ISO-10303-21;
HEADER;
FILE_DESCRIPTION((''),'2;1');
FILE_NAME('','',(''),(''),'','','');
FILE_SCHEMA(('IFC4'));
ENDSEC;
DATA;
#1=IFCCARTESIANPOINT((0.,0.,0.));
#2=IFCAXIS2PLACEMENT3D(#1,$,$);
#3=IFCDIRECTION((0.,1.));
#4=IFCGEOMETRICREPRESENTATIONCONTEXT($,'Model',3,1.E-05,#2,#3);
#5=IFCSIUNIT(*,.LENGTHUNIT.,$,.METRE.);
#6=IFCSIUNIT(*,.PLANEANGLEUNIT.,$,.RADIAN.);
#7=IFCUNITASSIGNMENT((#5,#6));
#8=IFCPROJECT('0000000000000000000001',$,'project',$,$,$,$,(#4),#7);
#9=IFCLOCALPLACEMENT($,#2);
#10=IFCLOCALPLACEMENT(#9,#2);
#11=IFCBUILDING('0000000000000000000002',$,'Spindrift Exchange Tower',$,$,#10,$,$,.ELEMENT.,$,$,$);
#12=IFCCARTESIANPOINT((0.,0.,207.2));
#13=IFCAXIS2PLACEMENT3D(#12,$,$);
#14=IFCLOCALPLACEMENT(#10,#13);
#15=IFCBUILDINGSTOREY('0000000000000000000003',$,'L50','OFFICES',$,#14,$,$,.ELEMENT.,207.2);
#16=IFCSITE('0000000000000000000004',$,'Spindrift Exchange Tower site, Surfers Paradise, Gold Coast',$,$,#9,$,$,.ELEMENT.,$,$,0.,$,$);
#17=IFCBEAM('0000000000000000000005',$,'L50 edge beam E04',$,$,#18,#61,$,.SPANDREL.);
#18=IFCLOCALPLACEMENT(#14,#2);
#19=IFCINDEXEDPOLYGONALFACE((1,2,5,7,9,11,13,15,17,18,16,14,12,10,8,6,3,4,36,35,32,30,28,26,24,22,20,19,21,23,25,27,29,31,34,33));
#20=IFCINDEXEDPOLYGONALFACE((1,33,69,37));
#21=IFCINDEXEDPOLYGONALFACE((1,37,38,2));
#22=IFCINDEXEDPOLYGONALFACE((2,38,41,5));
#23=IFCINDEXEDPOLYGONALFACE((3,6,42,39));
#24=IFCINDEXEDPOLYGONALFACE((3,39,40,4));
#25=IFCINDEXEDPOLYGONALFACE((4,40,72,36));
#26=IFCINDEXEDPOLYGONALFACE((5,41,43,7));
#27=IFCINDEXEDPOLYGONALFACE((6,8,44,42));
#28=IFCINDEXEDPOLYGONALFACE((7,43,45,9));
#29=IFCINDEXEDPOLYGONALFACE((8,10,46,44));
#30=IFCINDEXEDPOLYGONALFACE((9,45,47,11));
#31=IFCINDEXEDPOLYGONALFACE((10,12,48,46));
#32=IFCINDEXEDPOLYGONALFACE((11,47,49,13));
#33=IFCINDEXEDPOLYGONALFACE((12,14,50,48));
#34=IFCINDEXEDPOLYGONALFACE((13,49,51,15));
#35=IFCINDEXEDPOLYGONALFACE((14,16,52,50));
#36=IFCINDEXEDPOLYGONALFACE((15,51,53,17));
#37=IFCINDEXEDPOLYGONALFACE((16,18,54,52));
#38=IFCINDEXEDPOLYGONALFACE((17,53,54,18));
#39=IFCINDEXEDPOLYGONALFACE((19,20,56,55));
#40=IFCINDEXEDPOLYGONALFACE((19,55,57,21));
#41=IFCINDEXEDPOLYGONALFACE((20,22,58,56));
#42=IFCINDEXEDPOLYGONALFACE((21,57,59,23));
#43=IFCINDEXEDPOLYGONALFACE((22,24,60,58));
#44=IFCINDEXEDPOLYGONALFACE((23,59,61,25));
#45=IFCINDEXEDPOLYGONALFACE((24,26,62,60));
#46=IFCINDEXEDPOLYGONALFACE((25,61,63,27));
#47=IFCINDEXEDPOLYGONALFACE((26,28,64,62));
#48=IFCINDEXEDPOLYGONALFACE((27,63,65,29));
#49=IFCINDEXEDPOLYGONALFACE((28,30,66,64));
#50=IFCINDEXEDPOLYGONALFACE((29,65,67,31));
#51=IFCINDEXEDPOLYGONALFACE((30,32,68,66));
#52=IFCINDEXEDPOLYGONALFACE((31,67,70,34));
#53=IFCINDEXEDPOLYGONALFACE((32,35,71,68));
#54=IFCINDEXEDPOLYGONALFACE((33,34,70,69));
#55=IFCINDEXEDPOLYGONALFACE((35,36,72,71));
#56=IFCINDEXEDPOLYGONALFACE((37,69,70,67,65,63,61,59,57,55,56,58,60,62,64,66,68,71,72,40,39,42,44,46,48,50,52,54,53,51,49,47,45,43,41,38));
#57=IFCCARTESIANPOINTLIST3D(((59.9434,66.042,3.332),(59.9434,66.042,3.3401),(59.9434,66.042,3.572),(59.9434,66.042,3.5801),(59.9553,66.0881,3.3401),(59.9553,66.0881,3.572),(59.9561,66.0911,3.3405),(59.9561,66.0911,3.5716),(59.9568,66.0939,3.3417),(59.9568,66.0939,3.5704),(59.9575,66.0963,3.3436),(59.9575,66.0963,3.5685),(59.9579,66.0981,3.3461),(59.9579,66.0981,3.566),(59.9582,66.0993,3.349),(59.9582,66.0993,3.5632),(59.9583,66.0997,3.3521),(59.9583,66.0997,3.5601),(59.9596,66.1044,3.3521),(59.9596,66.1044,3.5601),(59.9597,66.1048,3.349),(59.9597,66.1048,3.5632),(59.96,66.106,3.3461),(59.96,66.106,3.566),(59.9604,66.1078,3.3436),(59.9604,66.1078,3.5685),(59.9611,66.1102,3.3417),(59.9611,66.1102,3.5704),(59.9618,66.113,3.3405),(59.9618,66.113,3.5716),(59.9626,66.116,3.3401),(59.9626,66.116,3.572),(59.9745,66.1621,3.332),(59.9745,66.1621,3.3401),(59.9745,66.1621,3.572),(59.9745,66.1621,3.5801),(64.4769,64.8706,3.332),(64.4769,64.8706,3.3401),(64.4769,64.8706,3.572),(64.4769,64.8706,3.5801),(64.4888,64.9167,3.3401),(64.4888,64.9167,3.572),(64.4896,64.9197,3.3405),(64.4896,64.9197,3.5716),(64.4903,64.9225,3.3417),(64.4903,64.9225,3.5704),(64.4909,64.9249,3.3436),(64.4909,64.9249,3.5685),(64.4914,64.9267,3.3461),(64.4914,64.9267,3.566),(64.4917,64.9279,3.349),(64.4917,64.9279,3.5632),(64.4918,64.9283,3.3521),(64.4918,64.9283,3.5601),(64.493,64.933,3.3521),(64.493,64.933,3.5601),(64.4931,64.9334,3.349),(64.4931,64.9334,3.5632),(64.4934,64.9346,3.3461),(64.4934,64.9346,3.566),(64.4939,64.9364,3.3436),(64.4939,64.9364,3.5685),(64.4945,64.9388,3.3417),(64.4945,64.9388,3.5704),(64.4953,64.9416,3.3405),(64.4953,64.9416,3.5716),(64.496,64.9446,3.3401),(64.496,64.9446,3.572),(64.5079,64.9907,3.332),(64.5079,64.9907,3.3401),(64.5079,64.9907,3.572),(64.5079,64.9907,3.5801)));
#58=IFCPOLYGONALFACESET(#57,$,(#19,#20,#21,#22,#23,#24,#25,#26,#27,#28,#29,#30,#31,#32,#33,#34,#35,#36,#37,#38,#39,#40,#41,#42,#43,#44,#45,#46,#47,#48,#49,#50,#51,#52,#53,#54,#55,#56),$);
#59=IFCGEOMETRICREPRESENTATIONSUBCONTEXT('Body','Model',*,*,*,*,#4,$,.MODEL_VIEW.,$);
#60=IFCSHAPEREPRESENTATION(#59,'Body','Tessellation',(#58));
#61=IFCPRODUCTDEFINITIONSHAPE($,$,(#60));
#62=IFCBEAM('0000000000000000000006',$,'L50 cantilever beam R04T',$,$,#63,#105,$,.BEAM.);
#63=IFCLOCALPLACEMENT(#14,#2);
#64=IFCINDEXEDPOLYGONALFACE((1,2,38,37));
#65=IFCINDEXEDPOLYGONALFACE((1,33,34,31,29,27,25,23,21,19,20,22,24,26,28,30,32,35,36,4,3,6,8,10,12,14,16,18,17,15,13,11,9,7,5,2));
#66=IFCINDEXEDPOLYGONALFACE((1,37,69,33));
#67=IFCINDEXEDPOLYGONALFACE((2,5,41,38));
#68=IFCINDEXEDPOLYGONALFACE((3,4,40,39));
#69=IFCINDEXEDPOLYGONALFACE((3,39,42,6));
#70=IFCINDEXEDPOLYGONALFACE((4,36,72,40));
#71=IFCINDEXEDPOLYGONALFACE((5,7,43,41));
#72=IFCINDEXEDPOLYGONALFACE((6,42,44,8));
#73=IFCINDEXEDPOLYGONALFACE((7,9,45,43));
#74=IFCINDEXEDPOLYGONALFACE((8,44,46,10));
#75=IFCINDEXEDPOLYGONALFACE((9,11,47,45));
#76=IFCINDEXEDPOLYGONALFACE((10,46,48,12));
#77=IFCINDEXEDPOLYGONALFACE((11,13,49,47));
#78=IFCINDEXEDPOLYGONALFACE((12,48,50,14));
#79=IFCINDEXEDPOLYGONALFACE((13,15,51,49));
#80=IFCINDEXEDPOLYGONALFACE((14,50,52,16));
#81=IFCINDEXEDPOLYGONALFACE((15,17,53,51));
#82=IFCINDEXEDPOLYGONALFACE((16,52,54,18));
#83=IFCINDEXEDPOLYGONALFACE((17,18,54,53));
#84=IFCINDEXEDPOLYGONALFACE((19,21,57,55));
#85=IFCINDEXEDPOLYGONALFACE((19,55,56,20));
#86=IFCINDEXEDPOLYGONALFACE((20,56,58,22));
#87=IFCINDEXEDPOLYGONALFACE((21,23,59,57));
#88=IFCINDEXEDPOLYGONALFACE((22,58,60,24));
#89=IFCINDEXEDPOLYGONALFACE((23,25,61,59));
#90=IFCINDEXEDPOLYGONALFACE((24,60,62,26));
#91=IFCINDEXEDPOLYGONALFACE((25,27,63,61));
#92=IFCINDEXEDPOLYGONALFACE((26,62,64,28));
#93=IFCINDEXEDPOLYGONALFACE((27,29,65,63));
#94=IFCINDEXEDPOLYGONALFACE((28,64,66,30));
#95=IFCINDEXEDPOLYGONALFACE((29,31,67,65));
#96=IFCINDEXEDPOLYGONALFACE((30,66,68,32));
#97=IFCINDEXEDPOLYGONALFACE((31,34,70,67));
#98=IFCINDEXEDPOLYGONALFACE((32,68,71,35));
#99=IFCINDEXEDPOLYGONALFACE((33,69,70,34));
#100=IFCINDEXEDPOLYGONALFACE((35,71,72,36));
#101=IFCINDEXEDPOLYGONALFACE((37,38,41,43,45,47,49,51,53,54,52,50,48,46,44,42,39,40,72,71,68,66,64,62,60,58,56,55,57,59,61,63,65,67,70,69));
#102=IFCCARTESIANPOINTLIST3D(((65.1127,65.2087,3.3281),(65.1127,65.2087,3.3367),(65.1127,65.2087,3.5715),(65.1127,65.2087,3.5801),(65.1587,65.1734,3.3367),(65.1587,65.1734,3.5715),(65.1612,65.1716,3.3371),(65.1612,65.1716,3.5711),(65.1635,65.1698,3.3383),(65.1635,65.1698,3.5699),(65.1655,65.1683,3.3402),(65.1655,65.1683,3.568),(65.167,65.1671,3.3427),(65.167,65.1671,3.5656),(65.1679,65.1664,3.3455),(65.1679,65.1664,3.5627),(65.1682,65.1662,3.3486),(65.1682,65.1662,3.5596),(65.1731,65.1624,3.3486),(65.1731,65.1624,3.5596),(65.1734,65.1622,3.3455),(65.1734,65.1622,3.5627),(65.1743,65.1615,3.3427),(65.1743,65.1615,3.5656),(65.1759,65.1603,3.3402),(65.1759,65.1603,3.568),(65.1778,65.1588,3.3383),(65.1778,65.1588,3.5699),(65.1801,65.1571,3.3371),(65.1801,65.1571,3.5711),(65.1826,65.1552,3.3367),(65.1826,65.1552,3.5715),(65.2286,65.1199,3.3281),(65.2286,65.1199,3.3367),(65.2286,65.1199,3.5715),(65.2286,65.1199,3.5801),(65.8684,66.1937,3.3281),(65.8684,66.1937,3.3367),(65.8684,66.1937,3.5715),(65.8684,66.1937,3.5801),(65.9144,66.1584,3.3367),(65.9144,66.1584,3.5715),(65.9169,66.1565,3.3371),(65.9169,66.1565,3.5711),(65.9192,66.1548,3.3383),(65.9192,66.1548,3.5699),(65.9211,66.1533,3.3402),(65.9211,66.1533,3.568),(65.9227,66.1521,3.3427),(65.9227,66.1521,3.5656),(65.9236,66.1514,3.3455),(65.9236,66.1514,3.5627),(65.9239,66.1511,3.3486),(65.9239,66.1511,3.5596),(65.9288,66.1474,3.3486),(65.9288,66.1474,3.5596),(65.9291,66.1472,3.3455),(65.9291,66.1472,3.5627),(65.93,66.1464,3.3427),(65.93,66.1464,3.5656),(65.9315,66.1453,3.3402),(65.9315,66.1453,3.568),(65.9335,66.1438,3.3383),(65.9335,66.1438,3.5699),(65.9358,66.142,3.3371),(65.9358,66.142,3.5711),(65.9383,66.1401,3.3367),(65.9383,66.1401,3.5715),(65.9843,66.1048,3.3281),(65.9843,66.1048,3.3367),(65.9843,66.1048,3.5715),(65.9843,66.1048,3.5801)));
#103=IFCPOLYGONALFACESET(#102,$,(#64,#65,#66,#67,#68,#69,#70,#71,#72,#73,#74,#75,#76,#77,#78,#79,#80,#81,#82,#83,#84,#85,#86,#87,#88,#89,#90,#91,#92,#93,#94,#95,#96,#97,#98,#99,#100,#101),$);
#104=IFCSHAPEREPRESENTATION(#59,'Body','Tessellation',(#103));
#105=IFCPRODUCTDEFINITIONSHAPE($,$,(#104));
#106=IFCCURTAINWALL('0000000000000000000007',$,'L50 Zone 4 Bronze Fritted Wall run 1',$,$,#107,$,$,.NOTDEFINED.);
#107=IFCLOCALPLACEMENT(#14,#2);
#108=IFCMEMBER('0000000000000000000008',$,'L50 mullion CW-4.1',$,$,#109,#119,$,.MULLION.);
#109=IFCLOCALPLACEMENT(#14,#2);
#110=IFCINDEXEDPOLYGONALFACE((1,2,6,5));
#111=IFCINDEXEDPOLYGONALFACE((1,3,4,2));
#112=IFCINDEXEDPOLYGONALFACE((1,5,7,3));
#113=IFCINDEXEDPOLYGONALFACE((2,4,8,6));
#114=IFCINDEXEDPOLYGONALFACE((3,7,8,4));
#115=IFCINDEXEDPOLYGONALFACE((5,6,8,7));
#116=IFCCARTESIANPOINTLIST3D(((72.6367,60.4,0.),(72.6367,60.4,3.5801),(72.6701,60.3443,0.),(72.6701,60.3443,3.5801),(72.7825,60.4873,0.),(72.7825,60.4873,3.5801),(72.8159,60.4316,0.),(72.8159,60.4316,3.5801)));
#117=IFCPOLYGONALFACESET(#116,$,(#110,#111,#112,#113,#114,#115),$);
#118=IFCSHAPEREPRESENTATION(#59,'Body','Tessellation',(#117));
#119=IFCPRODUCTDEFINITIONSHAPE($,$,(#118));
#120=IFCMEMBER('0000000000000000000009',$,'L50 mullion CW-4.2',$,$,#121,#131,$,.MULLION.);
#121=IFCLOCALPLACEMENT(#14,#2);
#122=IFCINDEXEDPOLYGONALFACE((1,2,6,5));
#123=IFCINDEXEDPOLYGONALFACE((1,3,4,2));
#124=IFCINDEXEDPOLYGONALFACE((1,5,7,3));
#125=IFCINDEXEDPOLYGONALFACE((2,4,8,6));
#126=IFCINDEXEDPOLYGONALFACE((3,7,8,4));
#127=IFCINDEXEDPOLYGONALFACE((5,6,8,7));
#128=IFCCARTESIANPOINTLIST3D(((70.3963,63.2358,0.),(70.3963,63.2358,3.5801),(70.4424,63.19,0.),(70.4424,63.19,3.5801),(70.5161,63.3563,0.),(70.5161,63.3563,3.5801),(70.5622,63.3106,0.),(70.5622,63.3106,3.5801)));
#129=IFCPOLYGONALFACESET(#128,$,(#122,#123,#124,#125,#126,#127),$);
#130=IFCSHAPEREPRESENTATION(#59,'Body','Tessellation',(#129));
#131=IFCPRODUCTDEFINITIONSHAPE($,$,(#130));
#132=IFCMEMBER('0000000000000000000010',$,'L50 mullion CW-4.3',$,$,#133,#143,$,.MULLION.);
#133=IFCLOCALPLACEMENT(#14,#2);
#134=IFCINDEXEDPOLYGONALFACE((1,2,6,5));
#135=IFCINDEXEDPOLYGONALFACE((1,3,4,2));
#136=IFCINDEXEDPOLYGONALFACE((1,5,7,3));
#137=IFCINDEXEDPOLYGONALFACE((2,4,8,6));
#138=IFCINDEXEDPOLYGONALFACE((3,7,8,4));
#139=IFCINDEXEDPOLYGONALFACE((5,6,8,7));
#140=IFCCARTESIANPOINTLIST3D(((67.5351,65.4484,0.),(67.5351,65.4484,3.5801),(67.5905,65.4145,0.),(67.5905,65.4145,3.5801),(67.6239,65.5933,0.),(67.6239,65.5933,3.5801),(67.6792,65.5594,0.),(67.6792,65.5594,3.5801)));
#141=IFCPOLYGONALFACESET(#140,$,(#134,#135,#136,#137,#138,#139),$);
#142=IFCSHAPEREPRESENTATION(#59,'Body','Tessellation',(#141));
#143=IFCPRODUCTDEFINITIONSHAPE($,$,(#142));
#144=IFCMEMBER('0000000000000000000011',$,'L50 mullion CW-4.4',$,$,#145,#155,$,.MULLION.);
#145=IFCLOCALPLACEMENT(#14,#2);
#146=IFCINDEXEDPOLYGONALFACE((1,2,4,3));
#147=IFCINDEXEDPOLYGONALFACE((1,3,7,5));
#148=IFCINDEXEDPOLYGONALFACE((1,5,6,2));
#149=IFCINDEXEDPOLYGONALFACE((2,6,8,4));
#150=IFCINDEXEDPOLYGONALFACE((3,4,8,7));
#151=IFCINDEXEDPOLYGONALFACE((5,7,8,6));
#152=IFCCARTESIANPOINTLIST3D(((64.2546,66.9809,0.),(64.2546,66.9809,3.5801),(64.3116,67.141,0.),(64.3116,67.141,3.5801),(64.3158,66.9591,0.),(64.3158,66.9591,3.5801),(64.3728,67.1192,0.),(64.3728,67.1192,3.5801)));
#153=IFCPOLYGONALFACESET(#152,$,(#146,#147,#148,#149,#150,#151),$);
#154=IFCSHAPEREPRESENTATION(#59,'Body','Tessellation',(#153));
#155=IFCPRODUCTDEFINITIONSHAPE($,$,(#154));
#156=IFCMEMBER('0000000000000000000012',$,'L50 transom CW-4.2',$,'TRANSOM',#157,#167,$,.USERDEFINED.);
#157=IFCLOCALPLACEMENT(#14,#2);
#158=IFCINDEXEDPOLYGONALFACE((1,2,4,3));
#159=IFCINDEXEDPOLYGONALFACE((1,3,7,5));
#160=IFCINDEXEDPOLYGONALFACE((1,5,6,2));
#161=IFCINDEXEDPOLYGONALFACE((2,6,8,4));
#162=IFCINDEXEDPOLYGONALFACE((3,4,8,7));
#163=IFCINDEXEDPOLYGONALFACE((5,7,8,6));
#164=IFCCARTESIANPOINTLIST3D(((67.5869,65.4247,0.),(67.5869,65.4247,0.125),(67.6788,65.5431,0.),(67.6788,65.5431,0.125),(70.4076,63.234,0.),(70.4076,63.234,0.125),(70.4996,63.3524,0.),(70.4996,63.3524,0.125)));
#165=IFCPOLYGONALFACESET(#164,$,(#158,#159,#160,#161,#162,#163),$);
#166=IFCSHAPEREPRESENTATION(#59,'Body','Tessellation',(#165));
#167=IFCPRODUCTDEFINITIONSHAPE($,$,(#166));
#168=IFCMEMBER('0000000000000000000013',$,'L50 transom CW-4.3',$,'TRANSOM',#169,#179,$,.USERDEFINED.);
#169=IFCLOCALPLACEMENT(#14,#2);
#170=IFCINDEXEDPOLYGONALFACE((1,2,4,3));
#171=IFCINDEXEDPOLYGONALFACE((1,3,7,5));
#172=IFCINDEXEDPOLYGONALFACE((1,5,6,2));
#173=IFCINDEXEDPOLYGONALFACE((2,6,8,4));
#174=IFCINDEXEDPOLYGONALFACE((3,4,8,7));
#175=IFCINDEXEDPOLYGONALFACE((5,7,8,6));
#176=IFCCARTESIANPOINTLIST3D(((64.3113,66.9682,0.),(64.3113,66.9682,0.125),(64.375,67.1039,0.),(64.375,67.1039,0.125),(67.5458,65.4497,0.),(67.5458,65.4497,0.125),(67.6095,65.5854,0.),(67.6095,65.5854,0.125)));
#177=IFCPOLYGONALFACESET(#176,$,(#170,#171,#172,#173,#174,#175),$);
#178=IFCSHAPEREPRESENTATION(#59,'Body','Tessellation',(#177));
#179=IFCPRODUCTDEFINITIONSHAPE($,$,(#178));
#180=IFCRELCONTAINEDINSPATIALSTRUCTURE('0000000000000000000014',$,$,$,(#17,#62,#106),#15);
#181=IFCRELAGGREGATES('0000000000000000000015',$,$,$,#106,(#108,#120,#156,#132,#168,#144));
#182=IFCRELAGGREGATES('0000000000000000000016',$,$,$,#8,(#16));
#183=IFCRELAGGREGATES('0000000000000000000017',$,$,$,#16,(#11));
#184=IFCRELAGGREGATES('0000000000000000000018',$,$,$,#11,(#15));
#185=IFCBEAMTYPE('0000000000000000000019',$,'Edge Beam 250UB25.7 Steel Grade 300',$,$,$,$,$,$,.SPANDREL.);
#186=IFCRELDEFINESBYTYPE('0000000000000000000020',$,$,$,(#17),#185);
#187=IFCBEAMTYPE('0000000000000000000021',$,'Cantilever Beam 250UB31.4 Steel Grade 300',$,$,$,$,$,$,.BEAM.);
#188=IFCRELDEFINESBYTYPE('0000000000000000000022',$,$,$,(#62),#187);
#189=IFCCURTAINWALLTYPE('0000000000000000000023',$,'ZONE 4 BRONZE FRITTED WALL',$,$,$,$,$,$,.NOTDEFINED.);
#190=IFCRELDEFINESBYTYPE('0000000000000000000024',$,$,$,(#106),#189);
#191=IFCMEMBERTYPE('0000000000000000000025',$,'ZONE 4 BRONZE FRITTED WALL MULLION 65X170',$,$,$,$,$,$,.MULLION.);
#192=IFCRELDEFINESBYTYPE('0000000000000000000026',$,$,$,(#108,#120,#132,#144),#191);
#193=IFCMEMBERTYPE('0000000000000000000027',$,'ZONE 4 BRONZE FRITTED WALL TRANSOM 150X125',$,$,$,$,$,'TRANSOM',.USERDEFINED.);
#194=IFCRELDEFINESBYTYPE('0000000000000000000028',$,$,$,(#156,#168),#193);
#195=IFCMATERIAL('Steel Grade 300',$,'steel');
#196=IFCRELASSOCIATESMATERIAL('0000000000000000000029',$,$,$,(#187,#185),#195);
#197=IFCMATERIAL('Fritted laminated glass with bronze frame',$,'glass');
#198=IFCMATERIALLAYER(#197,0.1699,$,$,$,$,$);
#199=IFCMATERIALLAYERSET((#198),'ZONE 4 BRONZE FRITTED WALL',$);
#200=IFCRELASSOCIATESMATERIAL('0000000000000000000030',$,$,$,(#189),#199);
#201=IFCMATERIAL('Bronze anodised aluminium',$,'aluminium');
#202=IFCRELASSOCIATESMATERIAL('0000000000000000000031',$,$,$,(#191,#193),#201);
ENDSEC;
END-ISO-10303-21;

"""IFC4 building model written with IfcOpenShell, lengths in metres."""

from ifc_helpers import new_model, si_unit, direction, frame, origin, origin_2d, place, context, subcontext, project, spatial, rectangle, i_section, extrude, source, transform, mapped, material, layer, layer_set, material_profile, profile_set, type_object, element, aggregate, save


model = new_model("IFC4")

# Units and contexts
model_context = context("Model", 3, precision=1e-05, world=origin(), true_north=direction((0.0, 1.0)))
body_context = subcontext(model_context, "Body", "Model", "MODEL_VIEW")
ifc_project = project(units=[si_unit("LENGTHUNIT", "METRE"), si_unit("PLANEANGLEUNIT", "RADIAN")], contexts=[model_context])

# Site, building, storey
site_placement = place(None, origin())
site = spatial("IfcSite", under=ifc_project, at=site_placement, Name="Spindrift Exchange Tower site, Surfers Paradise, Gold Coast", CompositionType="ELEMENT", RefElevation=0.0)
building_placement = place(site_placement, origin())
building = spatial("IfcBuilding", under=site, at=building_placement, Name="Spindrift Exchange Tower", CompositionType="ELEMENT")
storey_placement = place(building_placement, frame((0.0, 0.0, 207.2)))
storey = spatial("IfcBuildingStorey", under=building, at=storey_placement, Name="L50", Description="OFFICES", CompositionType="ELEMENT", Elevation=207.2)

# Beams
ifc_material_1 = material(Name="Steel Grade 300", Category="steel")
ifc_material_profile_1 = material_profile(ifc_material_1, i_section(OverallWidth=0.146, OverallDepth=0.252, WebThickness=0.0061, FlangeThickness=0.0085, FilletRadius=0.012, at=origin_2d()), Name="250UB31.4")
ifc_profile_set_1 = profile_set([ifc_material_profile_1], Name="Steel Grade 300")
beam_type_1 = type_object("IfcBeamType", Name="Cantilever Beam 250UB31.4 Steel Grade 300", PredefinedType="BEAM", material=ifc_profile_set_1)
ifc_material_profile_2 = material_profile(ifc_material_1, i_section(OverallWidth=0.124, OverallDepth=0.248, WebThickness=0.0049, FlangeThickness=0.0081, FilletRadius=0.012, at=origin_2d()), Name="250UB25.7")
ifc_profile_set_2 = profile_set([ifc_material_profile_2], Name="Steel Grade 300")
beam_type_2 = type_object("IfcBeamType", Name="Edge Beam 250UB25.7 Steel Grade 300", PredefinedType="SPANDREL", material=ifc_profile_set_2)
shared_shape_1 = source(origin(), body_context, "Body", "SweptSolid", [
    extrude(i_section(OverallWidth=0.124, OverallDepth=0.248, WebThickness=0.0049, FlangeThickness=0.0081, FilletRadius=0.012, at=origin_2d()), origin(), (0.0, 0.0, 1.0), 4.6824),
])
beam_1_placement = place(storey_placement, frame((64.4924, 64.9307, 3.4561), z_axis=(-0.968202, 0.250171, 0.0), x_axis=(-0.250171, -0.968202, 0.0)))
element("IfcBeam", 1, at=beam_1_placement, inside=storey, type_object=beam_type_2, Name="L50 edge beam E04", PredefinedType="SPANDREL", context=body_context, shape_type="MappedRepresentation", body=[
    mapped(shared_shape_1, transform((0.0, 0.0, 0.0), scale=1.0)),
])
shared_shape_2 = source(origin(), body_context, "Body", "SweptSolid", [
    extrude(i_section(OverallWidth=0.146, OverallDepth=0.252, WebThickness=0.0061, FlangeThickness=0.0085, FilletRadius=0.012, at=origin_2d()), origin(), (0.0, 0.0, 1.0), 1.2415),
])
beam_2_placement = place(storey_placement, frame((65.1707, 65.1643, 3.4541), z_axis=(0.608712, 0.793391, 0.0), x_axis=(-0.793391, 0.608712, 0.0)))
element("IfcBeam", 2, at=beam_2_placement, inside=storey, type_object=beam_type_1, Name="L50 cantilever beam R04T", PredefinedType="BEAM", context=body_context, shape_type="MappedRepresentation", body=[
    mapped(shared_shape_2, transform((0.0, 0.0, 0.0), scale=1.0)),
])

# Curtain wall, members
ifc_material_2 = material(Name="Fritted laminated glass with bronze frame", Category="glass")
ifc_layer_1 = layer(ifc_material_2, 0.1699)
ifc_layer_set_1 = layer_set([ifc_layer_1], Name="ZONE 4 BRONZE FRITTED WALL")
curtain_wall_type = type_object("IfcCurtainWallType", Name="ZONE 4 BRONZE FRITTED WALL", PredefinedType="NOTDEFINED", material=ifc_layer_set_1)
curtain_wall_placement = place(storey_placement, origin())
curtain_wall = element("IfcCurtainWall", 3, at=curtain_wall_placement, inside=storey, type_object=curtain_wall_type, Name="L50 Zone 4 Bronze Fritted Wall run 1", PredefinedType="NOTDEFINED")
ifc_material_3 = material(Name="Bronze anodised aluminium", Category="aluminium")
ifc_material_profile_3 = material_profile(ifc_material_3, rectangle(XDim=0.0649, YDim=0.1699, at=origin_2d()), Name="ZONE 4 BRONZE FRITTED WALL MULLION 65X170")
ifc_profile_set_3 = profile_set([ifc_material_profile_3], Name="Bronze anodised aluminium")
member_type_1 = type_object("IfcMemberType", Name="ZONE 4 BRONZE FRITTED WALL MULLION 65X170", PredefinedType="MULLION", material=ifc_profile_set_3)
shared_shape_3 = source(origin(), body_context, "Body", "SweptSolid", [
    extrude(rectangle(XDim=0.0649, YDim=0.1699, at=origin_2d()), origin(), (0.0, 0.0, 1.0), 3.5801),
])
member_1_placement = place(storey_placement, frame((72.7263, 60.4158, 0.0), z_axis=(0.0, 0.0, 1.0), x_axis=(-0.513878, 0.857863, 0.0)))
member_1 = element("IfcMember", 4, at=member_1_placement, type_object=member_type_1, Name="L50 mullion CW-4.1", PredefinedType="MULLION", context=body_context, shape_type="MappedRepresentation", body=[
    mapped(shared_shape_3, transform((0.0, 0.0, 0.0), scale=1.0)),
])
member_2_placement = place(storey_placement, frame((70.4792, 63.2732, 0.0), z_axis=(0.0, 0.0, 1.0), x_axis=(-0.709242, 0.704965, 0.0)))
member_2 = element("IfcMember", 5, at=member_2_placement, type_object=member_type_1, Name="L50 mullion CW-4.2", PredefinedType="MULLION", context=body_context, shape_type="MappedRepresentation", body=[
    mapped(shared_shape_3, transform((0.0, 0.0, 0.0), scale=1.0)),
])
member_3_placement = place(storey_placement, frame((67.6072, 65.5039, 0.0), z_axis=(0.0, 0.0, 1.0), x_axis=(-0.852724, 0.522362, 0.0)))
member_3 = element("IfcMember", 6, at=member_3_placement, type_object=member_type_1, Name="L50 mullion CW-4.3", PredefinedType="MULLION", context=body_context, shape_type="MappedRepresentation", body=[
    mapped(shared_shape_3, transform((0.0, 0.0, 0.0), scale=1.0)),
])
member_4_placement = place(storey_placement, frame((64.3137, 67.05, 0.0), z_axis=(0.0, 0.0, 1.0), x_axis=(-0.942124, 0.335264, 0.0)))
member_4 = element("IfcMember", 7, at=member_4_placement, type_object=member_type_1, Name="L50 mullion CW-4.4", PredefinedType="MULLION", context=body_context, shape_type="MappedRepresentation", body=[
    mapped(shared_shape_3, transform((0.0, 0.0, 0.0), scale=1.0)),
])
ifc_material_profile_4 = material_profile(ifc_material_3, rectangle(XDim=0.1499, YDim=0.125, at=origin_2d()), Name="ZONE 4 BRONZE FRITTED WALL TRANSOM 150X125")
ifc_profile_set_4 = profile_set([ifc_material_profile_4], Name="Bronze anodised aluminium")
member_type_2 = type_object("IfcMemberType", Name="ZONE 4 BRONZE FRITTED WALL TRANSOM 150X125", ElementType="TRANSOM", PredefinedType="USERDEFINED", material=ifc_profile_set_4)
shared_shape_4 = source(origin(), body_context, "Body", "SweptSolid", [
    extrude(rectangle(XDim=0.1499, YDim=0.125, at=origin_2d()), origin(), (0.0, 0.0, 1.0), 3.5715),
])
member_5_placement = place(storey_placement, frame((70.4536, 63.2932, 0.0625), z_axis=(-0.789797, 0.613368, 0.0), x_axis=(-0.613368, -0.789797, 0.0)))
member_5 = element("IfcMember", 8, at=member_5_placement, type_object=member_type_2, Name="L50 transom CW-4.2", ObjectType="TRANSOM", PredefinedType="USERDEFINED", context=body_context, shape_type="MappedRepresentation", body=[
    mapped(shared_shape_4, transform((0.0, 0.0, 0.0), scale=1.0)),
])
shared_shape_5 = source(origin(), body_context, "Body", "SweptSolid", [
    extrude(rectangle(XDim=0.1499, YDim=0.125, at=origin_2d()), origin(), (0.0, 0.0, 1.0), 3.5732),
])
member_6_placement = place(storey_placement, frame((67.5776, 65.5176, 0.0625), z_axis=(-0.905209, 0.424968, 0.0), x_axis=(-0.424968, -0.905209, 0.0)))
member_6 = element("IfcMember", 9, at=member_6_placement, type_object=member_type_2, Name="L50 transom CW-4.3", ObjectType="TRANSOM", PredefinedType="USERDEFINED", context=body_context, shape_type="MappedRepresentation", body=[
    mapped(shared_shape_5, transform((0.0, 0.0, 0.0), scale=1.0)),
])
aggregate(curtain_wall, [member_1, member_2, member_5, member_3, member_6, member_4])

save(model, "model.ifc")
